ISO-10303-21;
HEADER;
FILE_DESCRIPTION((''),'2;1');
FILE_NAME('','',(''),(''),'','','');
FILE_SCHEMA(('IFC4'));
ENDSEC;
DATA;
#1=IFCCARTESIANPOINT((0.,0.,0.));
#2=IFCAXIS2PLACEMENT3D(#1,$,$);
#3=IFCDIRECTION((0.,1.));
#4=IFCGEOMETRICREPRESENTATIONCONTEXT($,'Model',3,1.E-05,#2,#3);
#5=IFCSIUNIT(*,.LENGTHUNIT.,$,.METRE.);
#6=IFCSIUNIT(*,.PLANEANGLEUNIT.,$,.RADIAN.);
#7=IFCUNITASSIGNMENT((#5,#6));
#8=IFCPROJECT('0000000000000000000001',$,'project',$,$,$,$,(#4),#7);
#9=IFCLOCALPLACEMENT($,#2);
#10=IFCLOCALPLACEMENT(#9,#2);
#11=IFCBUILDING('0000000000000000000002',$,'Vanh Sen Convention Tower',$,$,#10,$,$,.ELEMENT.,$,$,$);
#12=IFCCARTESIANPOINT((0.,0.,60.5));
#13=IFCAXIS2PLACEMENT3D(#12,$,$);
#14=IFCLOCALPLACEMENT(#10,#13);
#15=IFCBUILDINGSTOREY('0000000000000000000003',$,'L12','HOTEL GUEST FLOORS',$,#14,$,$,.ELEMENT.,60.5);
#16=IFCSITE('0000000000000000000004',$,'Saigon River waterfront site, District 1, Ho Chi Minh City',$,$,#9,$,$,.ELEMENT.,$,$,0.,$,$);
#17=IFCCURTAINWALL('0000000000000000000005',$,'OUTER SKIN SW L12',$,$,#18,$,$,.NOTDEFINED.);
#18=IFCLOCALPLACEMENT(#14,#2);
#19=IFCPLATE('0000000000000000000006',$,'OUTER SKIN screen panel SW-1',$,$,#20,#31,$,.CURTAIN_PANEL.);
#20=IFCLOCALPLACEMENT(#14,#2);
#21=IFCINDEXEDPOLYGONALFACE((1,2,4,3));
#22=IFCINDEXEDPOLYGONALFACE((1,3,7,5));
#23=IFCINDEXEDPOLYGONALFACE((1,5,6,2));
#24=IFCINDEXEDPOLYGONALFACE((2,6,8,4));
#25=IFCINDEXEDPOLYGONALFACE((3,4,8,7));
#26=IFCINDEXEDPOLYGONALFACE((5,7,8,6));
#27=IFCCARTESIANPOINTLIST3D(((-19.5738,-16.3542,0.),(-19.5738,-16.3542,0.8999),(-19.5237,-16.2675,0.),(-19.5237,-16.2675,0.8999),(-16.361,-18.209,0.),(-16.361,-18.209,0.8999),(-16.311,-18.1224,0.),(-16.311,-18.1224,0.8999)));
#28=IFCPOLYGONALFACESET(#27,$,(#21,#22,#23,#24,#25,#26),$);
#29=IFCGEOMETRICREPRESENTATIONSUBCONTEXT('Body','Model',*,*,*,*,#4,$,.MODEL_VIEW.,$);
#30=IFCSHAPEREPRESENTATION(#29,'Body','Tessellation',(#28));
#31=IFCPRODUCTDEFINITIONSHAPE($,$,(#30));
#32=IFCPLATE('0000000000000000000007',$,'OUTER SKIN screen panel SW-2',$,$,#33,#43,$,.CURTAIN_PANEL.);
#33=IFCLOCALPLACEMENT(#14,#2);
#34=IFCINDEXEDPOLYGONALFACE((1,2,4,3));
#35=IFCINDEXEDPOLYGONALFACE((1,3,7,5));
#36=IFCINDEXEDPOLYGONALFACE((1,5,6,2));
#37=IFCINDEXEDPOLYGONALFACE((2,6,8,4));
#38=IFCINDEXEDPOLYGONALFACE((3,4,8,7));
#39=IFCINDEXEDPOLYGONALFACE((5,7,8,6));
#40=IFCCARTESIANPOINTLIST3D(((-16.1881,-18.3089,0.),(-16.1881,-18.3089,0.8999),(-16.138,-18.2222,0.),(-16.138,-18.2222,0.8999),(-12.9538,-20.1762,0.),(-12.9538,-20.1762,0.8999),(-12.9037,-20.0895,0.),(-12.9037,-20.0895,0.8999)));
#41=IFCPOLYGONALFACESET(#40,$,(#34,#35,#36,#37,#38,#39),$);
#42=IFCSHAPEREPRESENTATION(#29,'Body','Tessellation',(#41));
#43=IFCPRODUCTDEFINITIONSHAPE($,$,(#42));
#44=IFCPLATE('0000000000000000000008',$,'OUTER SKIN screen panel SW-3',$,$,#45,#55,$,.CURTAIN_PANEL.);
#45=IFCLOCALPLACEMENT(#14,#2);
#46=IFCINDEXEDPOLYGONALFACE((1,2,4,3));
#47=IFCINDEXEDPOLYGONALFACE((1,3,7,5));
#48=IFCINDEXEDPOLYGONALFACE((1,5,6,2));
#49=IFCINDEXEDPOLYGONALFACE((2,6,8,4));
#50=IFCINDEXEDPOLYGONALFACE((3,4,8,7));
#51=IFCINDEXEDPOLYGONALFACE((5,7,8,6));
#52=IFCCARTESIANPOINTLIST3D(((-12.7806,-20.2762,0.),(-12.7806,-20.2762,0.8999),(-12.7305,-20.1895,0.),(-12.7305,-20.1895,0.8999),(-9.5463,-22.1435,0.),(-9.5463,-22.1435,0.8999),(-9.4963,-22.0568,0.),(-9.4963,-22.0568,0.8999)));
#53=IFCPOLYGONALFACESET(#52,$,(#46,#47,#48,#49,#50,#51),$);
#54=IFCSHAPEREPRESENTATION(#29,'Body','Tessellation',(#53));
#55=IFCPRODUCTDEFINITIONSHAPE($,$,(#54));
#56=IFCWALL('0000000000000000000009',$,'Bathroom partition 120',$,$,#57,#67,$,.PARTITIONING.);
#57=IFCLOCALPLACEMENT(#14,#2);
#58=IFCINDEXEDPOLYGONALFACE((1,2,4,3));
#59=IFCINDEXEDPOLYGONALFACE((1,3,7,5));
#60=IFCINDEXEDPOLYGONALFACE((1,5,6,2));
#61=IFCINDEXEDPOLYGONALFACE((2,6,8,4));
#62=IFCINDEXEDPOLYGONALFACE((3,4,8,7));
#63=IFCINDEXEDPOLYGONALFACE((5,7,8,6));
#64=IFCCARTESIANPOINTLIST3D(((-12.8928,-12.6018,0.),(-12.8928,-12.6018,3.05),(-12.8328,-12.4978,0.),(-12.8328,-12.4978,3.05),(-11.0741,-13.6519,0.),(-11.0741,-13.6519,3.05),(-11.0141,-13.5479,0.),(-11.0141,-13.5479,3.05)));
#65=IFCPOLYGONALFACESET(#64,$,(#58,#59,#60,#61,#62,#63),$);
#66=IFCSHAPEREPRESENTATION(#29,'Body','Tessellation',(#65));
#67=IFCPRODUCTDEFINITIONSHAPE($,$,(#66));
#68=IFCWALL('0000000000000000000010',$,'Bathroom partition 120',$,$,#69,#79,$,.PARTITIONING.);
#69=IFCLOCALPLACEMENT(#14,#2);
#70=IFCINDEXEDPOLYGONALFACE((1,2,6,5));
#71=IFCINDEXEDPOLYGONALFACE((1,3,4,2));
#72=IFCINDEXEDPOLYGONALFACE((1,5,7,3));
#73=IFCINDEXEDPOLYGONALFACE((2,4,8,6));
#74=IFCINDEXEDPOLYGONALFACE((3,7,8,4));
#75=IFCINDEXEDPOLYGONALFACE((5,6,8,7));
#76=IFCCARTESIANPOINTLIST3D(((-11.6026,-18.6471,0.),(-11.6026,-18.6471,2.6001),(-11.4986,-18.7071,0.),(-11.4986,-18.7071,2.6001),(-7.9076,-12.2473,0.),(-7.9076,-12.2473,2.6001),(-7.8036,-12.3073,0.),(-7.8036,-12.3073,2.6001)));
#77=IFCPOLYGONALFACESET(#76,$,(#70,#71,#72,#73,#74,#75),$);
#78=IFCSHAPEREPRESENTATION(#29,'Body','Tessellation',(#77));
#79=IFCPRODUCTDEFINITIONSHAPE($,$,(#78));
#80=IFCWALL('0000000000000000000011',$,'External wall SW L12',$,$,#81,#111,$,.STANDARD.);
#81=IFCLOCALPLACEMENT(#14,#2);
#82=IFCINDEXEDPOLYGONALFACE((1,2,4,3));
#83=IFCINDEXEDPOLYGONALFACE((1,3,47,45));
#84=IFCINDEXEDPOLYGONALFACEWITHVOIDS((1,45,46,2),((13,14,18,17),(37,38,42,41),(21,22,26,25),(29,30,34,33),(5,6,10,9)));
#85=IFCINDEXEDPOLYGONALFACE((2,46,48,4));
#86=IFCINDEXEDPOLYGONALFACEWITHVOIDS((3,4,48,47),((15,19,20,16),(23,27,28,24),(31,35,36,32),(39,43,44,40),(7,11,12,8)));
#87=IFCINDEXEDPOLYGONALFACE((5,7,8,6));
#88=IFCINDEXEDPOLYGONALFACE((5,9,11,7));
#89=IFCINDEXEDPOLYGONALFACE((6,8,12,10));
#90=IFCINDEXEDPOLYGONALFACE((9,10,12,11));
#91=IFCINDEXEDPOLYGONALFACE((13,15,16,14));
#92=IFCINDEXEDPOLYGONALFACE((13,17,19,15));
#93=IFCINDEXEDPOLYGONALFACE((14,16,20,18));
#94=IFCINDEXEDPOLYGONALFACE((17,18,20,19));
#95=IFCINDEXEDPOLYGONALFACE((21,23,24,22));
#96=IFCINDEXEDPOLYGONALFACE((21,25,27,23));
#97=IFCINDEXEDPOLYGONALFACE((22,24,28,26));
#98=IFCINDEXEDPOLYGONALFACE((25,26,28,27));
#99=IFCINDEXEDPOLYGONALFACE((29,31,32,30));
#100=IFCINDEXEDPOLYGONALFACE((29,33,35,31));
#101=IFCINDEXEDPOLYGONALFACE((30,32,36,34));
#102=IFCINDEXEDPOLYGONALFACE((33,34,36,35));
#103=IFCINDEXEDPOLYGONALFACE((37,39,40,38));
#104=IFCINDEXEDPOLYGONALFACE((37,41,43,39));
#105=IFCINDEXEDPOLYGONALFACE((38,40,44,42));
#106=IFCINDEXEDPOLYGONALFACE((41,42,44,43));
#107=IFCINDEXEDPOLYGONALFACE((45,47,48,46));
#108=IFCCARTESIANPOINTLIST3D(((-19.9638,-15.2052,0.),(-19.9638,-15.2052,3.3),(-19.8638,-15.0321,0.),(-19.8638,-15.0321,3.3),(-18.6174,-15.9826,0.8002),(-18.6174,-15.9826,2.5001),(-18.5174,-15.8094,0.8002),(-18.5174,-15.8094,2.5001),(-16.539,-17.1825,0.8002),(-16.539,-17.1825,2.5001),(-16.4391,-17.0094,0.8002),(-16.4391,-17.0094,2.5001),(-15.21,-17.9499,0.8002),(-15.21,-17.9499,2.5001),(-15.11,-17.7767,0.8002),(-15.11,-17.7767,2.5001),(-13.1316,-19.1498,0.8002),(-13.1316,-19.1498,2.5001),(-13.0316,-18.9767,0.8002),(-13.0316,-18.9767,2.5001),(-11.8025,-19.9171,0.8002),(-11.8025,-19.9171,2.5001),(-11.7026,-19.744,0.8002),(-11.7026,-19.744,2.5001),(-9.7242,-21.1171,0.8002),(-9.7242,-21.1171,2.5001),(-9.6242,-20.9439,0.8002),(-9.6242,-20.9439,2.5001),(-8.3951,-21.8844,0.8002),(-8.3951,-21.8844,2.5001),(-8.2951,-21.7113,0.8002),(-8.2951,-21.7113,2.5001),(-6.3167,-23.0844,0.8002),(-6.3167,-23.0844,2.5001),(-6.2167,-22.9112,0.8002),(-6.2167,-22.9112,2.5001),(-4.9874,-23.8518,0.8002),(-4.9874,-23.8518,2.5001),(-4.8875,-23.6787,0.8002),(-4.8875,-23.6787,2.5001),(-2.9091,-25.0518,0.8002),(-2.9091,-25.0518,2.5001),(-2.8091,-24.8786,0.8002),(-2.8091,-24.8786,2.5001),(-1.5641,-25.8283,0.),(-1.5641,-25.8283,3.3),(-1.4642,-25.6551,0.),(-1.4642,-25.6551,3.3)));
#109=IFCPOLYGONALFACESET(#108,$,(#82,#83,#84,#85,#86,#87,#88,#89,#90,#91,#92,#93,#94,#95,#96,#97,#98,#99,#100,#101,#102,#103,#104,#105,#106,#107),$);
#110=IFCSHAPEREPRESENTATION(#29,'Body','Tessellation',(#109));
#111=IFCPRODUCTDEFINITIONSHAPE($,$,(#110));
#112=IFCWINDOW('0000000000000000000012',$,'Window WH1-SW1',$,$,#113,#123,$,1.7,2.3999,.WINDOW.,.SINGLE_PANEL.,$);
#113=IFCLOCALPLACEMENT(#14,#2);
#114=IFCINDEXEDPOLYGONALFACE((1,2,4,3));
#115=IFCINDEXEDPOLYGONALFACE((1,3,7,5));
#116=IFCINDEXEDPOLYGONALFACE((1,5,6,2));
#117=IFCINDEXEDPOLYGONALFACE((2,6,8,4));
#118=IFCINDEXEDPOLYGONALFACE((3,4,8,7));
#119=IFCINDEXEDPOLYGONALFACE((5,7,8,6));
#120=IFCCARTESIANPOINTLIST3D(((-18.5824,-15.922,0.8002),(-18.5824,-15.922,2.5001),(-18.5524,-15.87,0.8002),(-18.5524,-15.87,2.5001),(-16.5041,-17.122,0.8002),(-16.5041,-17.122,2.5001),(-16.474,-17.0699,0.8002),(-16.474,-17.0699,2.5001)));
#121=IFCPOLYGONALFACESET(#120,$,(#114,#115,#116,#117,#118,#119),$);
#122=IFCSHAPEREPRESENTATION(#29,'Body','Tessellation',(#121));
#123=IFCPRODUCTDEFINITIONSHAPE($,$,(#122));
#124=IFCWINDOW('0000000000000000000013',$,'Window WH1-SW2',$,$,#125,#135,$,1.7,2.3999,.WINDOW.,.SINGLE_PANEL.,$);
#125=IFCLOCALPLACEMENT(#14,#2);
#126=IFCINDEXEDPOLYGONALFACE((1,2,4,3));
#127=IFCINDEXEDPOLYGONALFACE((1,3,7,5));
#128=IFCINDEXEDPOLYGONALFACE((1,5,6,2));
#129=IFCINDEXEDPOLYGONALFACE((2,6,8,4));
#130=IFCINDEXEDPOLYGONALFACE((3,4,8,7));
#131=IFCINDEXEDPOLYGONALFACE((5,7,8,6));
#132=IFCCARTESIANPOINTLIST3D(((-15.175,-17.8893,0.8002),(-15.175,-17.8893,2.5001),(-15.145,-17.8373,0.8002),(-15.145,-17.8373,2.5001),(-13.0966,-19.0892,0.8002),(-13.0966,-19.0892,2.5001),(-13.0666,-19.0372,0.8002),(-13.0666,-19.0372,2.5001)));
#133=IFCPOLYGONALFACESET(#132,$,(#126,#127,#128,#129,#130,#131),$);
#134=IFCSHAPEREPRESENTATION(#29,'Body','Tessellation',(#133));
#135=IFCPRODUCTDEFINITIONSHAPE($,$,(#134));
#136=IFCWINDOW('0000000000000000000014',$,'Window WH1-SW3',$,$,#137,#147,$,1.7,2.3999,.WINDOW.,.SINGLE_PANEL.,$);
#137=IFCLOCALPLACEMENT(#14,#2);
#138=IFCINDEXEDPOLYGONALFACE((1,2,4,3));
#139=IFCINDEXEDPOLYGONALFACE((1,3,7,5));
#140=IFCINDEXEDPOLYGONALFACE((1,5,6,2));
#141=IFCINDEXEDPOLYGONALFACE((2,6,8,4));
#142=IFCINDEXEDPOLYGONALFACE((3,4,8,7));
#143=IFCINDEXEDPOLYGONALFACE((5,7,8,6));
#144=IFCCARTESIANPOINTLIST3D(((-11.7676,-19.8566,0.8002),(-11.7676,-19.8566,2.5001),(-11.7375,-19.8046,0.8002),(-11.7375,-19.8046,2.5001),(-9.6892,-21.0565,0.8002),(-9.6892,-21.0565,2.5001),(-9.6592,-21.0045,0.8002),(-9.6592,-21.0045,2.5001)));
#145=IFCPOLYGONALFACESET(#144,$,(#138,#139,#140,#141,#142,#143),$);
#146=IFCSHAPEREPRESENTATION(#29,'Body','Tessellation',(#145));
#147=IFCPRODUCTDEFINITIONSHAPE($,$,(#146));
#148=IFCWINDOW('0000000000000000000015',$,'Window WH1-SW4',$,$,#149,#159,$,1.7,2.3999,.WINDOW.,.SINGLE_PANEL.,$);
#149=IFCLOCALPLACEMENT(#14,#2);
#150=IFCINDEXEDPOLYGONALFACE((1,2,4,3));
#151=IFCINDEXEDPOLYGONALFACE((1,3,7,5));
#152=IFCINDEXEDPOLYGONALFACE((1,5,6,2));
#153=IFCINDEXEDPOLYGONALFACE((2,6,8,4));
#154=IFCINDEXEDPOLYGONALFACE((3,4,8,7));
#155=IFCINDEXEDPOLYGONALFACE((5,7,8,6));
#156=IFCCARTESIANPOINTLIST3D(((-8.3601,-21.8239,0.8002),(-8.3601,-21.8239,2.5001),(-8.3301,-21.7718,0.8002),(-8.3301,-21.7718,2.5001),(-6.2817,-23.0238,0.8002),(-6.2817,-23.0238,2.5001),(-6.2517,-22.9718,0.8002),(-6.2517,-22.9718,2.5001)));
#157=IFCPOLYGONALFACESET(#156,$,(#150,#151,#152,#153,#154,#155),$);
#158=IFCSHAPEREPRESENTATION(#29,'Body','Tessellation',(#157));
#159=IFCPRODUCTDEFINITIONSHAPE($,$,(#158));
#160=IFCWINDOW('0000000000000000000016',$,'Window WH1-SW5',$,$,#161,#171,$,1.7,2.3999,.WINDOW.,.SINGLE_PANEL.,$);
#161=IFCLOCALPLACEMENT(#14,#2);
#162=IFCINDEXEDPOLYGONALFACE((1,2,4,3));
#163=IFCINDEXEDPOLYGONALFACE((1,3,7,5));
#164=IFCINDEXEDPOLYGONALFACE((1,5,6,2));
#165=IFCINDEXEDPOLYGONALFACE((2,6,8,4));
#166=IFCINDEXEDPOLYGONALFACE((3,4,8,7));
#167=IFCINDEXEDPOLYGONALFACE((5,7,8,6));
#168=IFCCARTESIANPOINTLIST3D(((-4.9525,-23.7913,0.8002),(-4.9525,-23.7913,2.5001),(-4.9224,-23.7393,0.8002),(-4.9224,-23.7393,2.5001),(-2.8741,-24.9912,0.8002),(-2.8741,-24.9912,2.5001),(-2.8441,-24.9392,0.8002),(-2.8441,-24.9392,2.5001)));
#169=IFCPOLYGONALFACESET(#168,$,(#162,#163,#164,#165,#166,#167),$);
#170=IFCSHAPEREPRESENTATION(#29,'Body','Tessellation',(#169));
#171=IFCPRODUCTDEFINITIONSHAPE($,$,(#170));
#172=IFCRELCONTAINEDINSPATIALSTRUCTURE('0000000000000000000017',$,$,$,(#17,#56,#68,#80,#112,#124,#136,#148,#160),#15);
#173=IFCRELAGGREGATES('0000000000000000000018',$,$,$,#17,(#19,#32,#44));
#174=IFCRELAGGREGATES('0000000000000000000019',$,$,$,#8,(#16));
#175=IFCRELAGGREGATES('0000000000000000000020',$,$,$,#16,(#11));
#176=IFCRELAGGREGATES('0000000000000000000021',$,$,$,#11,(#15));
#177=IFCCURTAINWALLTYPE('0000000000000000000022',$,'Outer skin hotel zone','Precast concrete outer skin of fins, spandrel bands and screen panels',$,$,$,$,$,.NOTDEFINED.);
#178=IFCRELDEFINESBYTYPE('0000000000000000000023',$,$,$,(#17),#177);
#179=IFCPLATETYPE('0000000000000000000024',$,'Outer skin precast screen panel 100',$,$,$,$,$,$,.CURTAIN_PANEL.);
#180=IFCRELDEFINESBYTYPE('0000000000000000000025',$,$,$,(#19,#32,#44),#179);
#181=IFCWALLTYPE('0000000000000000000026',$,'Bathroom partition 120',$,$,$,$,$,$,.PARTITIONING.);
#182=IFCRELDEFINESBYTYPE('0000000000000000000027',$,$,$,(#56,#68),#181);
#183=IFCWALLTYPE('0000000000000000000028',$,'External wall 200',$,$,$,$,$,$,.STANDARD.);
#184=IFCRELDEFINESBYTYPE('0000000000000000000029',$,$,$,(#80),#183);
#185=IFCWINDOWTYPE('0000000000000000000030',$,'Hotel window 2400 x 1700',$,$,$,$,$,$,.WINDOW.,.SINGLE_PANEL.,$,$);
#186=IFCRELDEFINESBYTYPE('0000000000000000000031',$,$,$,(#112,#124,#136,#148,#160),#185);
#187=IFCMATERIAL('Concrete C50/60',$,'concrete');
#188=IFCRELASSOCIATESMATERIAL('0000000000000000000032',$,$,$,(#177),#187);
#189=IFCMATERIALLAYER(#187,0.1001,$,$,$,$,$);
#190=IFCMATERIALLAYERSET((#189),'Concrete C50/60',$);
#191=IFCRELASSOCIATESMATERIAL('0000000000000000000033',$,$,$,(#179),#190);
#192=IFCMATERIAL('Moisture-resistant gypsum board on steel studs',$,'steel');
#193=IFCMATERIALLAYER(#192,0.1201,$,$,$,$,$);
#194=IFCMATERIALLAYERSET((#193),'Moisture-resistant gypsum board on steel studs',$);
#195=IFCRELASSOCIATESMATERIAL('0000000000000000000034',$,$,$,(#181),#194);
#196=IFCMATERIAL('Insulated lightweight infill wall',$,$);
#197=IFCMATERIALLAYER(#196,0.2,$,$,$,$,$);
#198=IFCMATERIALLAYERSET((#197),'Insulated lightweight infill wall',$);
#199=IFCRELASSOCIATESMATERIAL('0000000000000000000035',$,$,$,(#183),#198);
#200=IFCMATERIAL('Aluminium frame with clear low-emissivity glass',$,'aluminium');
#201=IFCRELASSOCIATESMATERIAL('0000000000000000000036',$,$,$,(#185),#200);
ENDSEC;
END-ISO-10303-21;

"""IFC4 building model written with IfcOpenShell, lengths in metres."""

from ifc_helpers import new_model, si_unit, direction, frame, frame_2d, origin, origin_2d, place, context, subcontext, project, spatial, rectangle, extrude, material, layer, layer_set, type_object, element, fill, aggregate, save


model = new_model("IFC4")

# Units and contexts
model_context = context("Model", 3, precision=1e-05, world=origin(), true_north=direction((0.0, 1.0)))
body_context = subcontext(model_context, "Body", "Model", "MODEL_VIEW")
ifc_project = project(units=[si_unit("LENGTHUNIT", "METRE"), si_unit("PLANEANGLEUNIT", "RADIAN")], contexts=[model_context])

# Site, building, storey
site_placement = place(None, origin())
site = spatial("IfcSite", under=ifc_project, at=site_placement, Name="Saigon River waterfront site, District 1, Ho Chi Minh City", CompositionType="ELEMENT", RefElevation=0.0)
building_placement = place(site_placement, origin())
building = spatial("IfcBuilding", under=site, at=building_placement, Name="Vanh Sen Convention Tower", CompositionType="ELEMENT")
storey_placement = place(building_placement, frame((0.0, 0.0, 60.5)))
storey = spatial("IfcBuildingStorey", under=building, at=storey_placement, Name="L12", Description="HOTEL GUEST FLOORS", CompositionType="ELEMENT", Elevation=60.5)

# Curtain wall
ifc_material_1 = material(Name="Concrete C50/60", Category="concrete")
curtain_wall_type = type_object("IfcCurtainWallType", Name="Outer skin hotel zone", Description="Precast concrete outer skin of fins, spandrel bands and screen panels", PredefinedType="NOTDEFINED", material=ifc_material_1)
curtain_wall_1_placement = place(storey_placement, origin())
curtain_wall_1 = element("IfcCurtainWall", 1, at=curtain_wall_1_placement, inside=storey, type_object=curtain_wall_type, Name="OUTER SKIN SW L12", PredefinedType="NOTDEFINED")

# Shared definitions
ifc_layer_1 = layer(ifc_material_1, 0.1001)
ifc_layer_set_1 = layer_set([ifc_layer_1], Name="Concrete C50/60")
plate_type = type_object("IfcPlateType", Name="Outer skin precast screen panel 100", PredefinedType="CURTAIN_PANEL", material=ifc_layer_set_1)

# Plates
plate_1_placement = place(storey_placement, frame((-17.9424, -17.2383, 0.0), z_axis=(0.0, 0.0, 1.0), x_axis=(0.866028, -0.499995, 0.0)))
plate_1 = element("IfcPlate", 2, at=plate_1_placement, type_object=plate_type, Name="OUTER SKIN screen panel SW-1", PredefinedType="CURTAIN_PANEL", context=body_context, shape_type="SweptSolid", body=[
    extrude(rectangle(XDim=3.7097, YDim=0.1001, at=origin_2d()), origin(), (0.0, 0.0, 1.0), 0.8999),
])
plate_2_placement = place(storey_placement, frame((-14.5459, -19.1992, 0.0), z_axis=(0.0, 0.0, 1.0), x_axis=(0.866032, -0.499988, 0.0)))
plate_2 = element("IfcPlate", 3, at=plate_2_placement, type_object=plate_type, Name="OUTER SKIN screen panel SW-2", PredefinedType="CURTAIN_PANEL", context=body_context, shape_type="SweptSolid", body=[
    extrude(rectangle(XDim=3.7346, YDim=0.1001, at=origin_2d()), origin(), (0.0, 0.0, 1.0), 0.8999),
])
plate_3_placement = place(storey_placement, frame((-11.1384, -21.1665, 0.0), z_axis=(0.0, 0.0, 1.0), x_axis=(0.866028, -0.499995, 0.0)))
plate_3 = element("IfcPlate", 4, at=plate_3_placement, type_object=plate_type, Name="OUTER SKIN screen panel SW-3", PredefinedType="CURTAIN_PANEL", context=body_context, shape_type="SweptSolid", body=[
    extrude(rectangle(XDim=3.7346, YDim=0.1001, at=origin_2d()), origin(), (0.0, 0.0, 1.0), 0.8999),
])
aggregate(curtain_wall_1, [plate_1, plate_2, plate_3])

# Walls
ifc_material_2 = material(Name="Moisture-resistant gypsum board on steel studs", Category="steel")
ifc_layer_2 = layer(ifc_material_2, 0.1201)
ifc_layer_set_2 = layer_set([ifc_layer_2], Name="Moisture-resistant gypsum board on steel studs")
wall_type_1 = type_object("IfcWallType", Name="Bathroom partition 120", PredefinedType="PARTITIONING", material=ifc_layer_set_2)
wall_1_placement = place(storey_placement, frame((-12.8628, -12.5498, 0.0), z_axis=(0.0, 0.0, 1.0), x_axis=(0.866009, -0.500028, 0.0)))
element("IfcWall", 5, at=wall_1_placement, inside=storey, type_object=wall_type_1, Name="Bathroom partition 120", PredefinedType="PARTITIONING", context=body_context, shape_type="SweptSolid", body=[
    extrude(rectangle(XDim=2.1001, YDim=0.1201, at=frame_2d((1.05, 0.0))), origin(), (0.0, 0.0, 1.0), 3.05),
])
wall_2_placement = place(storey_placement, frame((-11.5505, -18.677, 0.0), z_axis=(0.0, 0.0, 1.0), x_axis=(0.500008, 0.866021, 0.0)))
element("IfcWall", 6, at=wall_2_placement, inside=storey, type_object=wall_type_1, Name="Bathroom partition 120", PredefinedType="PARTITIONING", context=body_context, shape_type="SweptSolid", body=[
    extrude(rectangle(XDim=7.3899, YDim=0.1201, at=frame_2d((3.6948, 0.0))), origin(), (0.0, 0.0, 1.0), 2.6001),
])

# Wall, openings, windows
ifc_material_3 = material(Name="Insulated lightweight infill wall")
ifc_layer_3 = layer(ifc_material_3, 0.2)
ifc_layer_set_3 = layer_set([ifc_layer_3], Name="Insulated lightweight infill wall")
wall_type_2 = type_object("IfcWallType", Name="External wall 200", PredefinedType="STANDARD", material=ifc_layer_set_3)
wall_3_placement = place(storey_placement, frame((-19.9138, -15.1187, 0.0), z_axis=(0.0, 0.0, 1.0), x_axis=(0.866025, -0.5, 0.0)))
wall_3 = element("IfcWall", 7, at=wall_3_placement, inside=storey, type_object=wall_type_2, Name="External wall SW L12", PredefinedType="STANDARD", context=body_context, shape_type="SweptSolid", body=[
    extrude(rectangle(XDim=21.2461, YDim=0.2, at=frame_2d((10.623, 0.0))), origin(), (0.0, 0.0, 1.0), 3.3),
])
opening_1_placement = place(wall_3_placement, frame((1.5547, 0.0, 0.8)))
opening_1 = element("IfcOpeningElement", 8, at=opening_1_placement, cuts=wall_3, PredefinedType="OPENING", context=body_context, shape_type="SweptSolid", body=[
    extrude(rectangle(XDim=2.3999, YDim=1.7, at=frame_2d((1.2, 0.8501))), frame((0.0, 0.1099, 0.0), z_axis=(0.0, -1.0, 0.0), x_axis=(1.0, 0.0, 0.0)), (0.0, 0.0, 1.0), 0.22),
])
opening_2_placement = place(wall_3_placement, frame((5.4893, 0.0, 0.8)))
opening_2 = element("IfcOpeningElement", 9, at=opening_2_placement, cuts=wall_3, PredefinedType="OPENING", context=body_context, shape_type="SweptSolid", body=[
    extrude(rectangle(XDim=2.3999, YDim=1.7, at=frame_2d((1.2, 0.8501))), frame((0.0, 0.1099, 0.0), z_axis=(0.0, -1.0, 0.0), x_axis=(1.0, 0.0, 0.0)), (0.0, 0.0, 1.0), 0.22),
])
opening_3_placement = place(wall_3_placement, frame((9.4238, 0.0, 0.8)))
opening_3 = element("IfcOpeningElement", 10, at=opening_3_placement, cuts=wall_3, PredefinedType="OPENING", context=body_context, shape_type="SweptSolid", body=[
    extrude(rectangle(XDim=2.3999, YDim=1.7, at=frame_2d((1.2, 0.8501))), frame((0.0, 0.1099, 0.0), z_axis=(0.0, -1.0, 0.0), x_axis=(1.0, 0.0, 0.0)), (0.0, 0.0, 1.0), 0.22),
])
opening_4_placement = place(wall_3_placement, frame((13.3584, 0.0, 0.8)))
opening_4 = element("IfcOpeningElement", 11, at=opening_4_placement, cuts=wall_3, PredefinedType="OPENING", context=body_context, shape_type="SweptSolid", body=[
    extrude(rectangle(XDim=2.3999, YDim=1.7, at=frame_2d((1.2, 0.8501))), frame((0.0, 0.1099, 0.0), z_axis=(0.0, -1.0, 0.0), x_axis=(1.0, 0.0, 0.0)), (0.0, 0.0, 1.0), 0.22),
])
opening_5_placement = place(wall_3_placement, frame((17.2932, 0.0, 0.8)))
opening_5 = element("IfcOpeningElement", 12, at=opening_5_placement, cuts=wall_3, PredefinedType="OPENING", context=body_context, shape_type="SweptSolid", body=[
    extrude(rectangle(XDim=2.3999, YDim=1.7, at=frame_2d((1.2, 0.8501))), frame((0.0, 0.1099, 0.0), z_axis=(0.0, -1.0, 0.0), x_axis=(1.0, 0.0, 0.0)), (0.0, 0.0, 1.0), 0.22),
])
ifc_material_4 = material(Name="Aluminium frame with clear low-emissivity glass", Category="aluminium")
window_type = type_object("IfcWindowType", Name="Hotel window 2400 x 1700", PartitioningType="SINGLE_PANEL", PredefinedType="WINDOW", material=ifc_material_4)
window_1_placement = place(opening_1_placement, origin())
window_1 = element("IfcWindow", 13, at=window_1_placement, inside=storey, type_object=window_type, Name="Window WH1-SW1", OverallHeight=1.7, OverallWidth=2.3999, PartitioningType="SINGLE_PANEL", PredefinedType="WINDOW", context=body_context, shape_type="SweptSolid", body=[
    extrude(rectangle(XDim=2.3999, YDim=1.7, at=frame_2d((1.2, 0.8501))), frame((0.0, 0.03, 0.0), z_axis=(0.0, -1.0, 0.0), x_axis=(1.0, 0.0, 0.0)), (0.0, 0.0, 1.0), 0.0601),
])
fill(opening_1, window_1)
window_2_placement = place(opening_2_placement, origin())
window_2 = element("IfcWindow", 14, at=window_2_placement, inside=storey, type_object=window_type, Name="Window WH1-SW2", OverallHeight=1.7, OverallWidth=2.3999, PartitioningType="SINGLE_PANEL", PredefinedType="WINDOW", context=body_context, shape_type="SweptSolid", body=[
    extrude(rectangle(XDim=2.3999, YDim=1.7, at=frame_2d((1.2, 0.8501))), frame((0.0, 0.03, 0.0), z_axis=(0.0, -1.0, 0.0), x_axis=(1.0, 0.0, 0.0)), (0.0, 0.0, 1.0), 0.0601),
])
fill(opening_2, window_2)
window_3_placement = place(opening_3_placement, origin())
window_3 = element("IfcWindow", 15, at=window_3_placement, inside=storey, type_object=window_type, Name="Window WH1-SW3", OverallHeight=1.7, OverallWidth=2.3999, PartitioningType="SINGLE_PANEL", PredefinedType="WINDOW", context=body_context, shape_type="SweptSolid", body=[
    extrude(rectangle(XDim=2.3999, YDim=1.7, at=frame_2d((1.2, 0.8501))), frame((0.0, 0.03, 0.0), z_axis=(0.0, -1.0, 0.0), x_axis=(1.0, 0.0, 0.0)), (0.0, 0.0, 1.0), 0.0601),
])
fill(opening_3, window_3)
window_4_placement = place(opening_4_placement, origin())
window_4 = element("IfcWindow", 16, at=window_4_placement, inside=storey, type_object=window_type, Name="Window WH1-SW4", OverallHeight=1.7, OverallWidth=2.3999, PartitioningType="SINGLE_PANEL", PredefinedType="WINDOW", context=body_context, shape_type="SweptSolid", body=[
    extrude(rectangle(XDim=2.3999, YDim=1.7, at=frame_2d((1.2, 0.8501))), frame((0.0, 0.03, 0.0), z_axis=(0.0, -1.0, 0.0), x_axis=(1.0, 0.0, 0.0)), (0.0, 0.0, 1.0), 0.0601),
])
fill(opening_4, window_4)
window_5_placement = place(opening_5_placement, origin())
window_5 = element("IfcWindow", 17, at=window_5_placement, inside=storey, type_object=window_type, Name="Window WH1-SW5", OverallHeight=1.7, OverallWidth=2.3999, PartitioningType="SINGLE_PANEL", PredefinedType="WINDOW", context=body_context, shape_type="SweptSolid", body=[
    extrude(rectangle(XDim=2.3999, YDim=1.7, at=frame_2d((1.2, 0.8501))), frame((0.0, 0.03, 0.0), z_axis=(0.0, -1.0, 0.0), x_axis=(1.0, 0.0, 0.0)), (0.0, 0.0, 1.0), 0.0601),
])
fill(opening_5, window_5)

save(model, "model.ifc")
